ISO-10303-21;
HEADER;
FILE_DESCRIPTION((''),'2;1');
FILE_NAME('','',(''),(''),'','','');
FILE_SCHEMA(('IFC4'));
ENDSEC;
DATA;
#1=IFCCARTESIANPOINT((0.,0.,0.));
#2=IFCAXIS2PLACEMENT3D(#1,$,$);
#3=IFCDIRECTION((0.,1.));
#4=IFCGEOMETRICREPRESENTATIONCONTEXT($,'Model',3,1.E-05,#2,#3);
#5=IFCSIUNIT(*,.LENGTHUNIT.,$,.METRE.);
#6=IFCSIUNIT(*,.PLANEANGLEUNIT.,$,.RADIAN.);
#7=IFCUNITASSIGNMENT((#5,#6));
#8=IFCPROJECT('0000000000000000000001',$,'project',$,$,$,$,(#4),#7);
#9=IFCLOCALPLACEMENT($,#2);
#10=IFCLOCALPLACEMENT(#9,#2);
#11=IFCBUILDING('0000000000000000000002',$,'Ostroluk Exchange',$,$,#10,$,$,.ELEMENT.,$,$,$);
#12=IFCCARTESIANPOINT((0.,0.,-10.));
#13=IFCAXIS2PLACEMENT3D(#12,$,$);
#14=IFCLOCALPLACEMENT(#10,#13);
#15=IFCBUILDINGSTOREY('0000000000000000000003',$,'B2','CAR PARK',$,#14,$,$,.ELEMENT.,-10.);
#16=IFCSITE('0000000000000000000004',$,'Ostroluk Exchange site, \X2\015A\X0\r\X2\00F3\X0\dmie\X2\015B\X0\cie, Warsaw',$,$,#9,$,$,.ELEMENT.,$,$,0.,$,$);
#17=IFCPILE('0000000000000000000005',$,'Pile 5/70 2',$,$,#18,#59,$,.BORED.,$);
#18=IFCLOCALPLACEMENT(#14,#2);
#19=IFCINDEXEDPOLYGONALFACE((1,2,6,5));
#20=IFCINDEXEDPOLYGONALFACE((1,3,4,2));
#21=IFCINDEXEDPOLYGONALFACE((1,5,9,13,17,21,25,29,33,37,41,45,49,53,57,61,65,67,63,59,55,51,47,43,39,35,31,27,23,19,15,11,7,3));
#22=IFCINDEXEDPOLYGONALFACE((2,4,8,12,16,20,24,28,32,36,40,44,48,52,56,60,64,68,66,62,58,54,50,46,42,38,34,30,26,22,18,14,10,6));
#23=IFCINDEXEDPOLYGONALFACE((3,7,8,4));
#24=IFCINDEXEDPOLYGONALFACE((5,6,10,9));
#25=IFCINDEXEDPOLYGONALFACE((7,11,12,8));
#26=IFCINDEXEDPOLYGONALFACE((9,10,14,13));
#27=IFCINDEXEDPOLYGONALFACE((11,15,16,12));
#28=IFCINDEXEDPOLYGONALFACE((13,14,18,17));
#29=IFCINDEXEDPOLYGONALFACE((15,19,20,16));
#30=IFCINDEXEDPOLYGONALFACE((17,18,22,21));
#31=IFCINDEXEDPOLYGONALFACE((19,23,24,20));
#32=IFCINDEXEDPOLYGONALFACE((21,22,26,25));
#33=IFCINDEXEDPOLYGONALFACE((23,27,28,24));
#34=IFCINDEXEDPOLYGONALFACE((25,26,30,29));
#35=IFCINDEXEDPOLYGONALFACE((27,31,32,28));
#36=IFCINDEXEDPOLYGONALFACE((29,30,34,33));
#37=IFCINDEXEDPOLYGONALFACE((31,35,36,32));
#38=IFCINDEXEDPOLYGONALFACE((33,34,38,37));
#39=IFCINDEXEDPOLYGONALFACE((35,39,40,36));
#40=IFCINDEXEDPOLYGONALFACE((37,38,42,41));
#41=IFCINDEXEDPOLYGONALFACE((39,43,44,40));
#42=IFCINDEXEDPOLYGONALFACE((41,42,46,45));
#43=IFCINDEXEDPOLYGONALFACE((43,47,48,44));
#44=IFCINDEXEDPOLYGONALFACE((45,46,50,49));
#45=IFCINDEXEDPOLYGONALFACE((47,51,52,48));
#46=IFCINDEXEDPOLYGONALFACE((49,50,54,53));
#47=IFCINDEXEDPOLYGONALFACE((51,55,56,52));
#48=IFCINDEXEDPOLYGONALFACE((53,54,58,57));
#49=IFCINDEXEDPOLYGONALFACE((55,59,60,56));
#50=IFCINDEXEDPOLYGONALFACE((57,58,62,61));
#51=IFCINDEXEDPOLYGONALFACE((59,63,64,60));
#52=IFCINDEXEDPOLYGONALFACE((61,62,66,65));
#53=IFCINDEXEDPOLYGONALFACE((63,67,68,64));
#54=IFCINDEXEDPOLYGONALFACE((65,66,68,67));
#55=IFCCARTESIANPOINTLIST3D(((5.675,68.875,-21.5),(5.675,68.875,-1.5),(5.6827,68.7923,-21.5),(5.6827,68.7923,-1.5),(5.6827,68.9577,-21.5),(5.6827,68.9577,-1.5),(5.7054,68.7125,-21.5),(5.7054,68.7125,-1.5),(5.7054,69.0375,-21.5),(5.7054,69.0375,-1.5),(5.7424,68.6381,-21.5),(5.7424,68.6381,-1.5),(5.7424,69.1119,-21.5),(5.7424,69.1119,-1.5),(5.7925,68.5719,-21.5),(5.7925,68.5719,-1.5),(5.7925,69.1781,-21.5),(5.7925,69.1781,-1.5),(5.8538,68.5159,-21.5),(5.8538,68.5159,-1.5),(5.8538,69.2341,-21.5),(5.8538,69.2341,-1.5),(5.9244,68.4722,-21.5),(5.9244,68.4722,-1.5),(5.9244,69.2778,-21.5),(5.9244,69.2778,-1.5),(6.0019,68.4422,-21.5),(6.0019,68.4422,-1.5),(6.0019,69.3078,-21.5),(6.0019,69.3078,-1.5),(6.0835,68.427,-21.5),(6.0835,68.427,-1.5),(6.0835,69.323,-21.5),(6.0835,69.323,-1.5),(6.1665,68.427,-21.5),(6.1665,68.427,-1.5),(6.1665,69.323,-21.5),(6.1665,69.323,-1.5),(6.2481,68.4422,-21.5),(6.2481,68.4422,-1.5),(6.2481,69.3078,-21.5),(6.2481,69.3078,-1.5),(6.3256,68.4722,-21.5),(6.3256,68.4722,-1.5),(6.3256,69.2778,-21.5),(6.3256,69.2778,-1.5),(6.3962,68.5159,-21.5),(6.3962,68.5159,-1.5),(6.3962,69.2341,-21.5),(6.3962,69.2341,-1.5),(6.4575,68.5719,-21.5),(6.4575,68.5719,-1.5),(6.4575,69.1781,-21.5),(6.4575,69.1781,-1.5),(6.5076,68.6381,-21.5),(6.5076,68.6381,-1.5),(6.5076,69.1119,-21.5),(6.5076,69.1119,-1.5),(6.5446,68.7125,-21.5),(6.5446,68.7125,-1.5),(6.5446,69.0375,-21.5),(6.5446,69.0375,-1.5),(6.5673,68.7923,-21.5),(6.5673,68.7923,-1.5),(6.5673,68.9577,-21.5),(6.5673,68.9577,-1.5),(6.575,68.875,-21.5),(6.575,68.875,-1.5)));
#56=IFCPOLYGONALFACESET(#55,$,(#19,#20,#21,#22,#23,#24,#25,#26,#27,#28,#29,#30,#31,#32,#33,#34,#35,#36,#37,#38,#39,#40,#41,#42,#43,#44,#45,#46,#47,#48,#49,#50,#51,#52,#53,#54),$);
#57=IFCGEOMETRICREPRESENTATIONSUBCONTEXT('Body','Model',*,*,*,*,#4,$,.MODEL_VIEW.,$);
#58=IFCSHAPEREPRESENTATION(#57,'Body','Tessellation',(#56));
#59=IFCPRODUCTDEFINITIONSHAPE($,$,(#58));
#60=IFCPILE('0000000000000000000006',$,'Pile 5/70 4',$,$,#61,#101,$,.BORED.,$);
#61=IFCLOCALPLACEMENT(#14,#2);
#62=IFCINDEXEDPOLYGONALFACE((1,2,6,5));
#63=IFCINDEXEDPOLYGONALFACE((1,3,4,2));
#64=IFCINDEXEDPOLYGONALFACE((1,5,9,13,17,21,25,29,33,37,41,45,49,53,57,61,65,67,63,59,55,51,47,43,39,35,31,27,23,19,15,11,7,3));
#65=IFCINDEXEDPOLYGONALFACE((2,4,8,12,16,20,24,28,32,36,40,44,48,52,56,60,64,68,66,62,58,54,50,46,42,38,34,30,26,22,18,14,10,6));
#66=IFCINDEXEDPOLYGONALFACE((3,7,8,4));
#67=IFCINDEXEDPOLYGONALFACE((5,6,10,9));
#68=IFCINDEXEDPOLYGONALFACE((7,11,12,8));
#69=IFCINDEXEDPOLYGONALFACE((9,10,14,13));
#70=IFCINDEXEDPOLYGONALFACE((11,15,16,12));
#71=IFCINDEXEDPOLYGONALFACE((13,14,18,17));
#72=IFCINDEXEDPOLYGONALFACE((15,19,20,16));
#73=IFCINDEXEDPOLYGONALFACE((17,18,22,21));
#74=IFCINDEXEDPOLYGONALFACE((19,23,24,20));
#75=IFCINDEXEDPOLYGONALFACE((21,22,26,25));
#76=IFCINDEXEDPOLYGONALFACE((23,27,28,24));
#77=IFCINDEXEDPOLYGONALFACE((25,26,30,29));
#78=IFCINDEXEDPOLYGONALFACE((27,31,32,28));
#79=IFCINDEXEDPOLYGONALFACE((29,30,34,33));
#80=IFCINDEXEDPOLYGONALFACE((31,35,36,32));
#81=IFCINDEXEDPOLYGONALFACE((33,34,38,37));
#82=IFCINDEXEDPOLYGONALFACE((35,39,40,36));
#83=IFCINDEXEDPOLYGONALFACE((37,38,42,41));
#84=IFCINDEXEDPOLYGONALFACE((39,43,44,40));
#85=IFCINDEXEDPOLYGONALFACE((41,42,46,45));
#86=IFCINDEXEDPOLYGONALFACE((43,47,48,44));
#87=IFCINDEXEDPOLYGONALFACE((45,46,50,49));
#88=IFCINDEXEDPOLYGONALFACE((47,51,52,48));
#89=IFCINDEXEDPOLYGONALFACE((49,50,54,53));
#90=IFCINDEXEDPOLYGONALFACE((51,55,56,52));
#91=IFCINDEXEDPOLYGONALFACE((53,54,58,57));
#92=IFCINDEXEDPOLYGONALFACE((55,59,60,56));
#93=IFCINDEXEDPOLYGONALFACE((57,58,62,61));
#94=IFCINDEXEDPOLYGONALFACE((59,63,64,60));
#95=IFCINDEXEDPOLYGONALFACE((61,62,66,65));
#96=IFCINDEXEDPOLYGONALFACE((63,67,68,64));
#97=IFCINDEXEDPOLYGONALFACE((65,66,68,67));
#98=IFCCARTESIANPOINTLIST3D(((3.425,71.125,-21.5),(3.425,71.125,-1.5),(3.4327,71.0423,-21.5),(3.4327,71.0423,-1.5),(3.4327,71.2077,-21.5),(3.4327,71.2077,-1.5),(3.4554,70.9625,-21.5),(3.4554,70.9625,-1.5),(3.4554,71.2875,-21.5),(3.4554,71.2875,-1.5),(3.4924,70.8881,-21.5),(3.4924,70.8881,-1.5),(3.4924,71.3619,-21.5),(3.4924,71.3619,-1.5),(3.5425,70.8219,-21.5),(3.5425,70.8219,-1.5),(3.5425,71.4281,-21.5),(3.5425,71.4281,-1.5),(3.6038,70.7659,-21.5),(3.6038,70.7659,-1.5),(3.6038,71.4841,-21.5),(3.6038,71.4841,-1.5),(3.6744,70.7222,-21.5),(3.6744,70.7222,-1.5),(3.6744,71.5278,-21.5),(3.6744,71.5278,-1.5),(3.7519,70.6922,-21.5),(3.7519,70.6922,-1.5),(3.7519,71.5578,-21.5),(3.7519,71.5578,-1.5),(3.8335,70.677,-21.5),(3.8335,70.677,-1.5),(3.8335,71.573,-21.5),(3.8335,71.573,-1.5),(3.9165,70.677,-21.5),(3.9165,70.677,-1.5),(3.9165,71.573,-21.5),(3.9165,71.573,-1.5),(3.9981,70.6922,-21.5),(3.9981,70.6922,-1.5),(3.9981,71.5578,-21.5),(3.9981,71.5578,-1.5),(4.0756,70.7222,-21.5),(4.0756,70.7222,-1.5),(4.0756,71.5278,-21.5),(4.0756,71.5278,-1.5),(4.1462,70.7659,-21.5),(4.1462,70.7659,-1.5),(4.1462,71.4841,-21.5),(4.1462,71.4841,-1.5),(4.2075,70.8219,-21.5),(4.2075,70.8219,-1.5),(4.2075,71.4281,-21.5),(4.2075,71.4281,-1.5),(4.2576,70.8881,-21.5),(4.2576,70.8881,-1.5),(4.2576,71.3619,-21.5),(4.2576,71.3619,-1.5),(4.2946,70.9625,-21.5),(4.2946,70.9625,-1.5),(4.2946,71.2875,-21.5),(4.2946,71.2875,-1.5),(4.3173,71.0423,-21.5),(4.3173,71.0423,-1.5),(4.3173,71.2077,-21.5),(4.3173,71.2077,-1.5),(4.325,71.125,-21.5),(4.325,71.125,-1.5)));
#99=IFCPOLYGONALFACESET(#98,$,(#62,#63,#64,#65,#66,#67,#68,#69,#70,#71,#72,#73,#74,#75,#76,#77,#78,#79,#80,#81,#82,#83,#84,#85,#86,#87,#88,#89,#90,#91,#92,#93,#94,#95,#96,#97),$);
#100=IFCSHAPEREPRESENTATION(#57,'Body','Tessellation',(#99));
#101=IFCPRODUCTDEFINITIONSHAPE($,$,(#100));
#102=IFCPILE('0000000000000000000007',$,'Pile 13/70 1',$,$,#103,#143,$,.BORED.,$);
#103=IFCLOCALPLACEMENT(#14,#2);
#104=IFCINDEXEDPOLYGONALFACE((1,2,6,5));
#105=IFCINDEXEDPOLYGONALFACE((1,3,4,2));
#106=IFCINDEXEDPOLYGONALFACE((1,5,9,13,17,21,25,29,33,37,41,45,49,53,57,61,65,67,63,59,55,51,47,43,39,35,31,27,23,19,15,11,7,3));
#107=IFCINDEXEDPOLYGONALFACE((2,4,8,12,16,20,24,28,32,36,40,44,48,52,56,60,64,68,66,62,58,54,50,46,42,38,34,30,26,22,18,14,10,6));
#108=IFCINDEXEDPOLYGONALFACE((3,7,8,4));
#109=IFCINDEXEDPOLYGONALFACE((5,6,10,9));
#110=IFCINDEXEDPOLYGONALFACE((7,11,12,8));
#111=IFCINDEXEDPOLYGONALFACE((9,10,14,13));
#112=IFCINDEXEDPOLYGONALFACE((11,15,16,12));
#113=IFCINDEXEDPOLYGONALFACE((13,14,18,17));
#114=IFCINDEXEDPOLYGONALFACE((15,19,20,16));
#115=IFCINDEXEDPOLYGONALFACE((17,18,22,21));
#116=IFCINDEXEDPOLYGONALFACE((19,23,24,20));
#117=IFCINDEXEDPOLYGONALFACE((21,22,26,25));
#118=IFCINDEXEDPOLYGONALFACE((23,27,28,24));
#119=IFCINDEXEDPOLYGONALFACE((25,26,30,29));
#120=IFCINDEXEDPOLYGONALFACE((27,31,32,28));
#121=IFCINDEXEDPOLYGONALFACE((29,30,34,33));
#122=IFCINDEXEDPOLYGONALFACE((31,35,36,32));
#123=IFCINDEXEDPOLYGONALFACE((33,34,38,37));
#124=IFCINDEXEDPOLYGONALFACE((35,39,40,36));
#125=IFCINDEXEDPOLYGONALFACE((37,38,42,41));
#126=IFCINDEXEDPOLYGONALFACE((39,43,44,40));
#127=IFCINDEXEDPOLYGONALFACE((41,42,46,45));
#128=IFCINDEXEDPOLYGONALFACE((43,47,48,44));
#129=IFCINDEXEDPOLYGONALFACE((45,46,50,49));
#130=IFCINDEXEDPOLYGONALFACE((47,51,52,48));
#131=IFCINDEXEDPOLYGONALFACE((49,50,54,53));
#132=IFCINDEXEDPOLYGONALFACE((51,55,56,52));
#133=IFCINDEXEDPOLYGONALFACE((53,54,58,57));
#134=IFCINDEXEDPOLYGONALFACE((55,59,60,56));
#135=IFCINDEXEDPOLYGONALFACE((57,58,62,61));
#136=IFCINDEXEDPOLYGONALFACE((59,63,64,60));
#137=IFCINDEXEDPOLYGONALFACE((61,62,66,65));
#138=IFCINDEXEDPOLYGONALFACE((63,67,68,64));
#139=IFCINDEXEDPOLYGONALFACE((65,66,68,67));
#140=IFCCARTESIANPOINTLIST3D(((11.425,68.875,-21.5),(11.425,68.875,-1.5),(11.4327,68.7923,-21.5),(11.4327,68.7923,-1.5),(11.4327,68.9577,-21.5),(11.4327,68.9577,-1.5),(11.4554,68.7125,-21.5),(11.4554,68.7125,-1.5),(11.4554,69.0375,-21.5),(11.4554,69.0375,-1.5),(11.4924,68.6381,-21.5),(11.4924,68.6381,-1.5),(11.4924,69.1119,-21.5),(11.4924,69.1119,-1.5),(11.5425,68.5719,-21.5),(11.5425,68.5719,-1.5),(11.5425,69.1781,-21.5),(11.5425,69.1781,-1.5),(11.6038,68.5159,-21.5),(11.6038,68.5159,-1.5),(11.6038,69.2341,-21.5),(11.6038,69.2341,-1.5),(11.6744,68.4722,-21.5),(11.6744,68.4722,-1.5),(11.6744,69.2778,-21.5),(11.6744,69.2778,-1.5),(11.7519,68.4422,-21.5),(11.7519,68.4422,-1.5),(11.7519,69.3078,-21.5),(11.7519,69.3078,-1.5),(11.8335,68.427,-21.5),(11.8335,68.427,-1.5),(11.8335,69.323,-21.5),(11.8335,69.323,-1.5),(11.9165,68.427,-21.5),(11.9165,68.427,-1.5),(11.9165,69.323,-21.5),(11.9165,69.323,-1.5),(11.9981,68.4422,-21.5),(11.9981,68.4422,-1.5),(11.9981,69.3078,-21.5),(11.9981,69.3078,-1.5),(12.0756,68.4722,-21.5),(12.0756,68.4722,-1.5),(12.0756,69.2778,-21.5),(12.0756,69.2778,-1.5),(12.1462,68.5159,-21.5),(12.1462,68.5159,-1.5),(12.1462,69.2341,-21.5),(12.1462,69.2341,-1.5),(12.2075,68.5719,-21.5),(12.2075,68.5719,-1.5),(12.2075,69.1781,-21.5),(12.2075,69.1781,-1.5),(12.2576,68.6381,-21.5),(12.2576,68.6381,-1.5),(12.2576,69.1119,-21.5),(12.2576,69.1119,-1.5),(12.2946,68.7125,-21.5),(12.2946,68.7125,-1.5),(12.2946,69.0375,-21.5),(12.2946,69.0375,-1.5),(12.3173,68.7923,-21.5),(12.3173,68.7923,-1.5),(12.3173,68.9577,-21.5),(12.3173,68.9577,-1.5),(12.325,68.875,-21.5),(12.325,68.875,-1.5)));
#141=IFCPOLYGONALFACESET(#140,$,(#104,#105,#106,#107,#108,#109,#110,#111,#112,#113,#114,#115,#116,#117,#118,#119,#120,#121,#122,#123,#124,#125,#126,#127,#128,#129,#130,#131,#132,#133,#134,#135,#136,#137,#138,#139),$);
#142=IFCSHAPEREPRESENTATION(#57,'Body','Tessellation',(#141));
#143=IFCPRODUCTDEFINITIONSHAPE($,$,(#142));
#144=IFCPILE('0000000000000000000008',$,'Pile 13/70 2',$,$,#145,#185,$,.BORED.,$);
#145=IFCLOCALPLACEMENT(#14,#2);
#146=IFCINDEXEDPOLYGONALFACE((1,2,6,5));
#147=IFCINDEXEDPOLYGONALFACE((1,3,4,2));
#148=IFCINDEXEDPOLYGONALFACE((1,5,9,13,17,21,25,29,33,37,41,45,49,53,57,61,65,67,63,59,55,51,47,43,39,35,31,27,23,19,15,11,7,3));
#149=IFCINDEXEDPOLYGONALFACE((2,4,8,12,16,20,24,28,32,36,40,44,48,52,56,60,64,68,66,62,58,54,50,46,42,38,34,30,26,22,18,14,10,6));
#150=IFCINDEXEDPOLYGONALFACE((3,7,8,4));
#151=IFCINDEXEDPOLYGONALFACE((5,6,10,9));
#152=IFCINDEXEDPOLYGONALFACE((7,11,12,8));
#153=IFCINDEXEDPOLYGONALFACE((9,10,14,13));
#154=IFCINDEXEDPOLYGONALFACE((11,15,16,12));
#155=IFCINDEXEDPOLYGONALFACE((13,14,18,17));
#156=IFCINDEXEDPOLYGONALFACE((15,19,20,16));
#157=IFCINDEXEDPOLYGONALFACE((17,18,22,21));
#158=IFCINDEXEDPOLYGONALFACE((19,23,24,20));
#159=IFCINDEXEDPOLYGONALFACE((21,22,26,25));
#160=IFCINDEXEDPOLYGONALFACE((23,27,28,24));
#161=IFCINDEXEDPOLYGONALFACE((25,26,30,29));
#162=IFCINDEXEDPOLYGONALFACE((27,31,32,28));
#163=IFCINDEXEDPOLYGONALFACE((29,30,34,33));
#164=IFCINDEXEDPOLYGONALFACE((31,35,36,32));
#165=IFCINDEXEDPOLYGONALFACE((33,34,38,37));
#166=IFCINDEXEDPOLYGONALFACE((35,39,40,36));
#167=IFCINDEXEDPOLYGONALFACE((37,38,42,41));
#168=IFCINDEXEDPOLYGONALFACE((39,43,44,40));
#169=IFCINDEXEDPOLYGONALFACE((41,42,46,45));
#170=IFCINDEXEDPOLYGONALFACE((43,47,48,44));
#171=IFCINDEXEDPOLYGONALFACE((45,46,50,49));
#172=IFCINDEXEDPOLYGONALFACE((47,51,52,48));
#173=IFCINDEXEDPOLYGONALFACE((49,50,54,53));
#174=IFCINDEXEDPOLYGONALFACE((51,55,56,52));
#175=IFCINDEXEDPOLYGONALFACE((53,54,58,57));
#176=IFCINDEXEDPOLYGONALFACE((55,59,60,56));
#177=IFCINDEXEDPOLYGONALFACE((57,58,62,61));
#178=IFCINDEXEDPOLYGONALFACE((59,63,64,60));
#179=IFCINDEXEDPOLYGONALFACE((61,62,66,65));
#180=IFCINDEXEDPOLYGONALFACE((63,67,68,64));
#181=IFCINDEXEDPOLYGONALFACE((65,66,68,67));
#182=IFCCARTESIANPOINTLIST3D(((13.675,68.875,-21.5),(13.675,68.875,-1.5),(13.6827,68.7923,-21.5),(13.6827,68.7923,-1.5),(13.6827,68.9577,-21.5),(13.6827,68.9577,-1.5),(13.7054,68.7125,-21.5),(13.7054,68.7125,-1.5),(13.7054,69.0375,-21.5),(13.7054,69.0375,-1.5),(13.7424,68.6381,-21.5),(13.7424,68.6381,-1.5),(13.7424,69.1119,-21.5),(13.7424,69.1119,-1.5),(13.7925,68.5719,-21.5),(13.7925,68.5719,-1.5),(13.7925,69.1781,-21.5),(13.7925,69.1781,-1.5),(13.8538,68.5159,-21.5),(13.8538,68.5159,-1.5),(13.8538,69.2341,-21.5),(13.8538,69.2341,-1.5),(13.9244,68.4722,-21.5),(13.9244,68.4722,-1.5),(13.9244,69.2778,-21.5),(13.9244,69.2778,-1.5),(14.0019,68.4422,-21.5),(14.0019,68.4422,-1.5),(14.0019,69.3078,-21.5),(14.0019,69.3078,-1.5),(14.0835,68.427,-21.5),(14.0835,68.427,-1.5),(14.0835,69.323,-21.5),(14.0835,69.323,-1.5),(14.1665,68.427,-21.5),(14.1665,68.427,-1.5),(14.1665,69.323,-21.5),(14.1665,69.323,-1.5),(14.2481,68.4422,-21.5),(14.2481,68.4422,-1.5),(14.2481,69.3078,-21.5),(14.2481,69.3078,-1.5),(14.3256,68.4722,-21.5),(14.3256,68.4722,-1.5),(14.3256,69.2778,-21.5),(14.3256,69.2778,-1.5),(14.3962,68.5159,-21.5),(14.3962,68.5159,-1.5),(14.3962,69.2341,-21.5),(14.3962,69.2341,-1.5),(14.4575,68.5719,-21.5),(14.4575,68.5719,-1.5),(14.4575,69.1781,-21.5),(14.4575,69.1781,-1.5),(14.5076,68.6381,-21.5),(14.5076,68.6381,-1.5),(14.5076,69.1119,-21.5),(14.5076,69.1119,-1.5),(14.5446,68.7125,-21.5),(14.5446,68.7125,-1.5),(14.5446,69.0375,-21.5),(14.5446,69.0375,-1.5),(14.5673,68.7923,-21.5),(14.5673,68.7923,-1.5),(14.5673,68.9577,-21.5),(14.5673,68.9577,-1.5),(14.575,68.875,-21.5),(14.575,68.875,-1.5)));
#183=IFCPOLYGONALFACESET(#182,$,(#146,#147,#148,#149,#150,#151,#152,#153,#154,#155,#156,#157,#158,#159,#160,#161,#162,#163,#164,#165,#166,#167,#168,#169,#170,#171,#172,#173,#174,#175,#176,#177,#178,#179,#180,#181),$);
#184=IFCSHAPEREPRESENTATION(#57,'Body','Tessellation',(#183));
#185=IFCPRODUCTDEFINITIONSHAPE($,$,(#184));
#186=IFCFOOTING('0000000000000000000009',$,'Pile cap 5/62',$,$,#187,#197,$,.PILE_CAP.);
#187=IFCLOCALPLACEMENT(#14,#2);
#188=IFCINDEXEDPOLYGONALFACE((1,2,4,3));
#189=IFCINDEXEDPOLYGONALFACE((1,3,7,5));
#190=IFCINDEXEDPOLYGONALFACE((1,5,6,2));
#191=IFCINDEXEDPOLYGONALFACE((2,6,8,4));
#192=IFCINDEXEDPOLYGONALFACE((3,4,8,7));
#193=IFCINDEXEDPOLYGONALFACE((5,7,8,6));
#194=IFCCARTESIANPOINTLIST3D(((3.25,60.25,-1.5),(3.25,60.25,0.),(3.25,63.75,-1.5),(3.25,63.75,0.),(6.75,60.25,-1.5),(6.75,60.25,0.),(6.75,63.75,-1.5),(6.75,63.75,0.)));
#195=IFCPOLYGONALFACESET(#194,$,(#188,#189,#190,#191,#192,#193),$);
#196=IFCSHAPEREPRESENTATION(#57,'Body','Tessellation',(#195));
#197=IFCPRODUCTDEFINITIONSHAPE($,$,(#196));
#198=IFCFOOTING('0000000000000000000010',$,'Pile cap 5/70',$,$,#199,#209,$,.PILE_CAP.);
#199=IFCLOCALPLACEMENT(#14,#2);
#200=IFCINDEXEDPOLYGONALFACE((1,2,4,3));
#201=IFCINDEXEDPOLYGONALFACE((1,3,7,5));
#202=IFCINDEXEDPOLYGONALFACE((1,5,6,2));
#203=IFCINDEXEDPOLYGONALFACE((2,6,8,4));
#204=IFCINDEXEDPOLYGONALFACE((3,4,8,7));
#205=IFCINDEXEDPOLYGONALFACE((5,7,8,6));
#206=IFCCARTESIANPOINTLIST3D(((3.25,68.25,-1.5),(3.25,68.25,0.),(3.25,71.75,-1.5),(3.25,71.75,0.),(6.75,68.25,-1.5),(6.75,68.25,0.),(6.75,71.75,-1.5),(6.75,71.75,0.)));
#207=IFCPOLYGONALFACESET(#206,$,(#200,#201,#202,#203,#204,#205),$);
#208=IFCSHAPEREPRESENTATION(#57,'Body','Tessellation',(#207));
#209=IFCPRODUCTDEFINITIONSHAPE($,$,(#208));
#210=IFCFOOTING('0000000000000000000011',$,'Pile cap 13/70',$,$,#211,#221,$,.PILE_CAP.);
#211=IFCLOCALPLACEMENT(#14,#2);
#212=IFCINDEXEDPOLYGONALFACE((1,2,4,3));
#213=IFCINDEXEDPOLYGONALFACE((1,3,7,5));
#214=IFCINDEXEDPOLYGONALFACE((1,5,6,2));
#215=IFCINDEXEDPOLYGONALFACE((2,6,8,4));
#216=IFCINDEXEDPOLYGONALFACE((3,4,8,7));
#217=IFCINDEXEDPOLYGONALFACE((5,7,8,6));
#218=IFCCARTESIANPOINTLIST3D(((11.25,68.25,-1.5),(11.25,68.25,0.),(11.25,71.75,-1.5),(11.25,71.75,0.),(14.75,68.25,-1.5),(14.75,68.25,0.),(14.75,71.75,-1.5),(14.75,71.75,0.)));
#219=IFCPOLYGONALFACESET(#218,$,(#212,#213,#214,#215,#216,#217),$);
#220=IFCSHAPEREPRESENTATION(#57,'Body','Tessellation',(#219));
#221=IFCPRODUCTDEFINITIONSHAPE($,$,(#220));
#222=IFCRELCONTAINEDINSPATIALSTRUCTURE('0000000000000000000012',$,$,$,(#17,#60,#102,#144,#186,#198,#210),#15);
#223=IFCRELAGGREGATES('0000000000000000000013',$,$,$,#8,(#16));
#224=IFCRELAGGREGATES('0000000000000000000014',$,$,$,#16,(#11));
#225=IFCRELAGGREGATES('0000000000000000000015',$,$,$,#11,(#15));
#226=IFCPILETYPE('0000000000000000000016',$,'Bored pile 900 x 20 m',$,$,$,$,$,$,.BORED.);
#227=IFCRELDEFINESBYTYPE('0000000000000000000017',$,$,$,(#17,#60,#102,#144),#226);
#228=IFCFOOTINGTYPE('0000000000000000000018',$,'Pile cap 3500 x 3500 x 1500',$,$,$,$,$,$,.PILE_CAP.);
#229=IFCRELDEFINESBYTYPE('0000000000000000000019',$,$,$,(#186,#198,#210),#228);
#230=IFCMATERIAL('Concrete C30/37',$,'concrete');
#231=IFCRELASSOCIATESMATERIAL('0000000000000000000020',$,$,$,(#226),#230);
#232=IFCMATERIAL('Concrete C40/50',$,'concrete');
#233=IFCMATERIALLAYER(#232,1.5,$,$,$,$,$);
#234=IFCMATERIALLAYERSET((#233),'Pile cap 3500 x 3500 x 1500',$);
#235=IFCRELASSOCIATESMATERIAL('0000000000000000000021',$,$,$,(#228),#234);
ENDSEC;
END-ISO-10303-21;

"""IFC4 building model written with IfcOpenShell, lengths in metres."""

from ifc_helpers import new_model, si_unit, direction, frame, origin, origin_2d, place, context, subcontext, project, spatial, rectangle, circle, extrude, material, layer, layer_set, type_object, element, save


model = new_model("IFC4")

# Units and contexts
model_context = context("Model", 3, precision=1e-05, world=origin(), true_north=direction((0.0, 1.0)))
body_context = subcontext(model_context, "Body", "Model", "MODEL_VIEW")
ifc_project = project(units=[si_unit("LENGTHUNIT", "METRE"), si_unit("PLANEANGLEUNIT", "RADIAN")], contexts=[model_context])

# Site, building, storey
site_placement = place(None, origin())
site = spatial("IfcSite", under=ifc_project, at=site_placement, Name="Ostroluk Exchange site, Śródmieście, Warsaw", CompositionType="ELEMENT", RefElevation=0.0)
building_placement = place(site_placement, origin())
building = spatial("IfcBuilding", under=site, at=building_placement, Name="Ostroluk Exchange", CompositionType="ELEMENT")
storey_placement = place(building_placement, frame((0.0, 0.0, -10.0)))
storey = spatial("IfcBuildingStorey", under=building, at=storey_placement, Name="B2", Description="CAR PARK", CompositionType="ELEMENT", Elevation=-10.0)

# Piles
ifc_material_1 = material(Name="Concrete C30/37", Category="concrete")
pile_type_1 = type_object("IfcPileType", Name="Bored pile 900 x 20 m", PredefinedType="BORED", material=ifc_material_1)
for number, where, z_axis, x_axis, name in (
    (1, (6.125, 68.875, -1.5), (0.0, 0.0, -1.0), (1.0, 0.0, 0.0), "Pile 5/70 2"),
    (2, (3.875, 71.125, -1.5), (0.0, 0.0, -1.0), (1.0, 0.0, 0.0), "Pile 5/70 4"),
    (3, (11.875, 68.875, -1.5), (0.0, 0.0, -1.0), (1.0, 0.0, 0.0), "Pile 13/70 1"),
    (4, (14.125, 68.875, -1.5), (0.0, 0.0, -1.0), (1.0, 0.0, 0.0), "Pile 13/70 2"),
):
    element("IfcPile", number, at=place(storey_placement, frame(where, z_axis=z_axis, x_axis=x_axis)), inside=storey, type_object=pile_type_1, Name=name, PredefinedType="BORED", context=body_context, shape_type="SweptSolid", body=[
        extrude(circle(Radius=0.45, at=origin_2d()), origin(), (0.0, 0.0, 1.0), 20.0),
    ])

# Footings
ifc_material_2 = material(Name="Concrete C40/50", Category="concrete")
ifc_layer_1 = layer(ifc_material_2, 1.5)
ifc_layer_set_1 = layer_set([ifc_layer_1], Name="Pile cap 3500 x 3500 x 1500")
footing_type = type_object("IfcFootingType", Name="Pile cap 3500 x 3500 x 1500", PredefinedType="PILE_CAP", material=ifc_layer_set_1)
for number, where, z_axis, x_axis, name in (
    (5, (5.0, 62.0, -1.5), (0.0, 0.0, 1.0), (1.0, 0.0, 0.0), "Pile cap 5/62"),
    (6, (5.0, 70.0, -1.5), (0.0, 0.0, 1.0), (1.0, 0.0, 0.0), "Pile cap 5/70"),
    (7, (13.0, 70.0, -1.5), (0.0, 0.0, 1.0), (1.0, 0.0, 0.0), "Pile cap 13/70"),
):
    element("IfcFooting", number, at=place(storey_placement, frame(where, z_axis=z_axis, x_axis=x_axis)), inside=storey, type_object=footing_type, Name=name, PredefinedType="PILE_CAP", context=body_context, shape_type="SweptSolid", body=[
        extrude(rectangle(XDim=3.5, YDim=3.5, at=origin_2d()), origin(), (0.0, 0.0, 1.0), 1.5),
    ])

save(model, "model.ifc")
